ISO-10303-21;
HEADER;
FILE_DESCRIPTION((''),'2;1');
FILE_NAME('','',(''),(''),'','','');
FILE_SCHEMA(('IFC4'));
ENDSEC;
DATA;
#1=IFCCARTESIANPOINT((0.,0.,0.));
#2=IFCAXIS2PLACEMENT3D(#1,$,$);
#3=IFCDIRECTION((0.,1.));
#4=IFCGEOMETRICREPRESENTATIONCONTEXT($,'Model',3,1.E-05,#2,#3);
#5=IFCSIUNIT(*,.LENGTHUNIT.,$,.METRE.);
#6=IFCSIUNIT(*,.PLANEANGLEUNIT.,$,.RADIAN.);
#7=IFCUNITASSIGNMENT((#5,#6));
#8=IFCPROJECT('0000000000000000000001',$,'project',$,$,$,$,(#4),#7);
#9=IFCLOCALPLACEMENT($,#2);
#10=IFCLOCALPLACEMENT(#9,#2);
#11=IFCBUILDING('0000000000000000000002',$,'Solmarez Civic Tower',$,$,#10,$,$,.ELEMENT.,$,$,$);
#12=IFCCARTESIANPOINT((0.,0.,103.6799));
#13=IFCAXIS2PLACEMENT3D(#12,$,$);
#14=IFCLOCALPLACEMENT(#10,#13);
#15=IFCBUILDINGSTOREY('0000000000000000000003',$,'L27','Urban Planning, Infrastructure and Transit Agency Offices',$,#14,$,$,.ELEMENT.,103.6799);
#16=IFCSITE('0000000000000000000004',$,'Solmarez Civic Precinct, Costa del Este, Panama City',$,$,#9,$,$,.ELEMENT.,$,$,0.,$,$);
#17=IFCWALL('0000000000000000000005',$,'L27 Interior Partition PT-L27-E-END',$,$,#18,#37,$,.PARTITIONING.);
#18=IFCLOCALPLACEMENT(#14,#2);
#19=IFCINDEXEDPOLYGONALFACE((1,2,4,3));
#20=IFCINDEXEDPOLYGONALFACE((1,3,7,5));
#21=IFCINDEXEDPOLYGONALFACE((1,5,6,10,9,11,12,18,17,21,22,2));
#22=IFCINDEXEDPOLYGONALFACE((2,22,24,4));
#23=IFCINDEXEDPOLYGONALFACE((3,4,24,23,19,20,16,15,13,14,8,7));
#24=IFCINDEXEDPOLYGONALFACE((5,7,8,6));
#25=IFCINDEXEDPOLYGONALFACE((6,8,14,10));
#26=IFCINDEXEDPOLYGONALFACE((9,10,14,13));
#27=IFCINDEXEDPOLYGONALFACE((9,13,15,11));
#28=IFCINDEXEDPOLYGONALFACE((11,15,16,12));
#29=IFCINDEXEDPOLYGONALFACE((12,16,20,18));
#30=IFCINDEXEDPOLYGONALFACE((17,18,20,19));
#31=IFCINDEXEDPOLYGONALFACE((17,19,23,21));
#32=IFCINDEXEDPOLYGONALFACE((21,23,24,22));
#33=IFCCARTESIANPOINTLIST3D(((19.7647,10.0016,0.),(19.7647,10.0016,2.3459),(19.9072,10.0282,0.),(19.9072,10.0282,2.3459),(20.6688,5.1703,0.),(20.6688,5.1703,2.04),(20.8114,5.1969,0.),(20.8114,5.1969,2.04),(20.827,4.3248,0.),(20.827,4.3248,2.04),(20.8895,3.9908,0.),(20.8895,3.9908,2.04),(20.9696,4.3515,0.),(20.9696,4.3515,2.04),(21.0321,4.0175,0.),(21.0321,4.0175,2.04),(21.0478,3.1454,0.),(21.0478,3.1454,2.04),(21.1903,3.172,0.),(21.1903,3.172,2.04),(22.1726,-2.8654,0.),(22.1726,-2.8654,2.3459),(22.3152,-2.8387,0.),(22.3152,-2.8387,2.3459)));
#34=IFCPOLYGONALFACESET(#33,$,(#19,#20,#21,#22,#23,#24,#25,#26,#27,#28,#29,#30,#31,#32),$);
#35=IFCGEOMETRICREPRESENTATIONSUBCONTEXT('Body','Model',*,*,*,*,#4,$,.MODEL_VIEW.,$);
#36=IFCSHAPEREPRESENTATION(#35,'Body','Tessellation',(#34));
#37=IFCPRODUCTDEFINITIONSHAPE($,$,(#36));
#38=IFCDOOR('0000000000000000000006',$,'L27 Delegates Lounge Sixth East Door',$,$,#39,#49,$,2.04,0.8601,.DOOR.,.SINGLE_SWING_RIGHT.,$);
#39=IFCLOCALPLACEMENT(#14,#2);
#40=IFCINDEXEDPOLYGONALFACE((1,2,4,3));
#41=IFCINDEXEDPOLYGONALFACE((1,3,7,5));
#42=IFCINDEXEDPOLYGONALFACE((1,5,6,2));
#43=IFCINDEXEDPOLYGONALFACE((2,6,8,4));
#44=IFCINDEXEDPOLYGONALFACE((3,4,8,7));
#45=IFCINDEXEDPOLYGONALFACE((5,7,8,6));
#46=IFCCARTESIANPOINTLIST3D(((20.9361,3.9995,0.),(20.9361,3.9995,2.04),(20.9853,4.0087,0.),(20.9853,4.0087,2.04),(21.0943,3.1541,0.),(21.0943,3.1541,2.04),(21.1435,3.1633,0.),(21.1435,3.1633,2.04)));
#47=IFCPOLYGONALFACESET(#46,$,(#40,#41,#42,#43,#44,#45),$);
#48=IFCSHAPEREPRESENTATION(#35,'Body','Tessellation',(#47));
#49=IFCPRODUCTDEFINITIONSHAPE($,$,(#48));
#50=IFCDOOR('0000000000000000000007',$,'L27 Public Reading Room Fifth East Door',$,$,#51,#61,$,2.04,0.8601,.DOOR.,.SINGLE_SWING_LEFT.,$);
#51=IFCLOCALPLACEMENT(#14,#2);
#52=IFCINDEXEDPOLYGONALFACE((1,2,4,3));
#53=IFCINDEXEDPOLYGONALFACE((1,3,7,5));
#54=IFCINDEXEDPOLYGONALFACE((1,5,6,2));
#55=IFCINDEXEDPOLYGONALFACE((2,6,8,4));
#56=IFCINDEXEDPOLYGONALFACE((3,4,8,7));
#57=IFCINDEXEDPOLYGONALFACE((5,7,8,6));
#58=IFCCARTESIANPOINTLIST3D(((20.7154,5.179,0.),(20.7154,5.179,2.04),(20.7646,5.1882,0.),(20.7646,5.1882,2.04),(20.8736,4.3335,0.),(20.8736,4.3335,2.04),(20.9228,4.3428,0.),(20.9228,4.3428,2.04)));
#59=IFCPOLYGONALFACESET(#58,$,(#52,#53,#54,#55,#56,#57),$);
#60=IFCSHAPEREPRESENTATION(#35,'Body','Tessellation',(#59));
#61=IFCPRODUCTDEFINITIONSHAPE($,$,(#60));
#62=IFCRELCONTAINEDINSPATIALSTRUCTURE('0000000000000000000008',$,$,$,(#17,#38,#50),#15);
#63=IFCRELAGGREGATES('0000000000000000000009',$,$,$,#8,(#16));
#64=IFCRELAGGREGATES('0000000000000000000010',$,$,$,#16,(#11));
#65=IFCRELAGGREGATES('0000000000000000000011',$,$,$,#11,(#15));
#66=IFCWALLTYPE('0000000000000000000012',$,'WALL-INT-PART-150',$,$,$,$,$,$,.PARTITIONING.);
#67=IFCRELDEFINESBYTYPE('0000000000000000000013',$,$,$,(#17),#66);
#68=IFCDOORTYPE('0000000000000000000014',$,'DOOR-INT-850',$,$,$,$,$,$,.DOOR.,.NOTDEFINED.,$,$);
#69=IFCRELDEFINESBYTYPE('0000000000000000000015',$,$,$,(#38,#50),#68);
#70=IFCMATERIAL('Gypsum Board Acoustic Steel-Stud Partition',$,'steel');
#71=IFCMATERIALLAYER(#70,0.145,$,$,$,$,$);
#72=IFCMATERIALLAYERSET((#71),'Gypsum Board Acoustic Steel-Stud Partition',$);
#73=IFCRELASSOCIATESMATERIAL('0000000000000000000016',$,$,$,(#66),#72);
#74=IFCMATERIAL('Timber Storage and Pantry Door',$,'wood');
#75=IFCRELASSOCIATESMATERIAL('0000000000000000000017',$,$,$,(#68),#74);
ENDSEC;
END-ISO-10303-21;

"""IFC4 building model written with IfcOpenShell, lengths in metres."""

from ifc_helpers import new_model, si_unit, direction, frame, frame_2d, origin, place, context, subcontext, project, spatial, rectangle, extrude, material, layer, layer_set, type_object, element, fill, save


model = new_model("IFC4")

# Units and contexts
model_context = context("Model", 3, precision=1e-05, world=origin(), true_north=direction((0.0, 1.0)))
body_context = subcontext(model_context, "Body", "Model", "MODEL_VIEW")
ifc_project = project(units=[si_unit("LENGTHUNIT", "METRE"), si_unit("PLANEANGLEUNIT", "RADIAN")], contexts=[model_context])

# Site, building, storey
site_placement = place(None, origin())
site = spatial("IfcSite", under=ifc_project, at=site_placement, Name="Solmarez Civic Precinct, Costa del Este, Panama City", CompositionType="ELEMENT", RefElevation=0.0)
building_placement = place(site_placement, origin())
building = spatial("IfcBuilding", under=site, at=building_placement, Name="Solmarez Civic Tower", CompositionType="ELEMENT")
storey_placement = place(building_placement, frame((0.0, 0.0, 103.6799)))
storey = spatial("IfcBuildingStorey", under=building, at=storey_placement, Name="L27", Description="Urban Planning, Infrastructure and Transit Agency Offices", CompositionType="ELEMENT", Elevation=103.6799)

# Shared definitions
ifc_material_1 = material(Name="Gypsum Board Acoustic Steel-Stud Partition", Category="steel")
ifc_layer_1 = layer(ifc_material_1, 0.145)
ifc_layer_set_1 = layer_set([ifc_layer_1], Name="Gypsum Board Acoustic Steel-Stud Partition")
wall_type_1 = type_object("IfcWallType", Name="WALL-INT-PART-150", PredefinedType="PARTITIONING", material=ifc_layer_set_1)

# Wall, openings, doors
wall_1_placement = place(storey_placement, frame((19.8359, 10.0149, 0.0), z_axis=(0.0, 0.0, 1.0), x_axis=(0.18395, -0.982936, 0.0)))
wall_1 = element("IfcWall", 1, at=wall_1_placement, inside=storey, type_object=wall_type_1, Name="L27 Interior Partition PT-L27-E-END", PredefinedType="PARTITIONING", context=body_context, shape_type="SweptSolid", body=[
    extrude(rectangle(XDim=13.0903, YDim=0.145, at=frame_2d((6.5452, 0.0))), origin(), (0.0, 0.0, 1.0), 2.3459),
])
opening_1_placement = place(wall_1_placement, frame((6.115, 0.0, 0.0)))
opening_1 = element("IfcOpeningElement", 2, at=opening_1_placement, cuts=wall_1, PredefinedType="OPENING", context=body_context, shape_type="SweptSolid", body=[
    extrude(rectangle(XDim=0.8601, YDim=2.04, at=frame_2d((0.4302, 1.02))), frame((0.0, 0.0825, 0.0), z_axis=(0.0, -1.0, 0.0), x_axis=(1.0, 0.0, 0.0)), (0.0, 0.0, 1.0), 0.165),
])
opening_2_placement = place(wall_1_placement, frame((4.915, 0.0, 0.0)))
opening_2 = element("IfcOpeningElement", 3, at=opening_2_placement, cuts=wall_1, PredefinedType="OPENING", context=body_context, shape_type="SweptSolid", body=[
    extrude(rectangle(XDim=0.8601, YDim=2.04, at=frame_2d((0.4302, 1.02))), frame((0.0, 0.0825, 0.0), z_axis=(0.0, -1.0, 0.0), x_axis=(1.0, 0.0, 0.0)), (0.0, 0.0, 1.0), 0.165),
])
ifc_material_2 = material(Name="Timber Storage and Pantry Door", Category="wood")
door_type_1 = type_object("IfcDoorType", Name="DOOR-INT-850", OperationType="NOTDEFINED", PredefinedType="DOOR", material=ifc_material_2)
door_1_placement = place(opening_1_placement, origin())
door_1 = element("IfcDoor", 4, at=door_1_placement, inside=storey, type_object=door_type_1, Name="L27 Delegates Lounge Sixth East Door", OperationType="SINGLE_SWING_RIGHT", OverallHeight=2.04, OverallWidth=0.8601, PredefinedType="DOOR", context=body_context, shape_type="SweptSolid", body=[
    extrude(rectangle(XDim=0.8601, YDim=2.04, at=frame_2d((0.4302, 1.02))), frame((0.0, 0.0249, 0.0), z_axis=(0.0, -1.0, 0.0), x_axis=(1.0, 0.0, 0.0)), (0.0, 0.0, 1.0), 0.05),
])
fill(opening_1, door_1)
door_2_placement = place(opening_2_placement, origin())
door_2 = element("IfcDoor", 5, at=door_2_placement, inside=storey, type_object=door_type_1, Name="L27 Public Reading Room Fifth East Door", OperationType="SINGLE_SWING_LEFT", OverallHeight=2.04, OverallWidth=0.8601, PredefinedType="DOOR", context=body_context, shape_type="SweptSolid", body=[
    extrude(rectangle(XDim=0.8601, YDim=2.04, at=frame_2d((0.4302, 1.02))), frame((0.0, 0.0249, 0.0), z_axis=(0.0, -1.0, 0.0), x_axis=(1.0, 0.0, 0.0)), (0.0, 0.0, 1.0), 0.05),
])
fill(opening_2, door_2)

save(model, "model.ifc")
